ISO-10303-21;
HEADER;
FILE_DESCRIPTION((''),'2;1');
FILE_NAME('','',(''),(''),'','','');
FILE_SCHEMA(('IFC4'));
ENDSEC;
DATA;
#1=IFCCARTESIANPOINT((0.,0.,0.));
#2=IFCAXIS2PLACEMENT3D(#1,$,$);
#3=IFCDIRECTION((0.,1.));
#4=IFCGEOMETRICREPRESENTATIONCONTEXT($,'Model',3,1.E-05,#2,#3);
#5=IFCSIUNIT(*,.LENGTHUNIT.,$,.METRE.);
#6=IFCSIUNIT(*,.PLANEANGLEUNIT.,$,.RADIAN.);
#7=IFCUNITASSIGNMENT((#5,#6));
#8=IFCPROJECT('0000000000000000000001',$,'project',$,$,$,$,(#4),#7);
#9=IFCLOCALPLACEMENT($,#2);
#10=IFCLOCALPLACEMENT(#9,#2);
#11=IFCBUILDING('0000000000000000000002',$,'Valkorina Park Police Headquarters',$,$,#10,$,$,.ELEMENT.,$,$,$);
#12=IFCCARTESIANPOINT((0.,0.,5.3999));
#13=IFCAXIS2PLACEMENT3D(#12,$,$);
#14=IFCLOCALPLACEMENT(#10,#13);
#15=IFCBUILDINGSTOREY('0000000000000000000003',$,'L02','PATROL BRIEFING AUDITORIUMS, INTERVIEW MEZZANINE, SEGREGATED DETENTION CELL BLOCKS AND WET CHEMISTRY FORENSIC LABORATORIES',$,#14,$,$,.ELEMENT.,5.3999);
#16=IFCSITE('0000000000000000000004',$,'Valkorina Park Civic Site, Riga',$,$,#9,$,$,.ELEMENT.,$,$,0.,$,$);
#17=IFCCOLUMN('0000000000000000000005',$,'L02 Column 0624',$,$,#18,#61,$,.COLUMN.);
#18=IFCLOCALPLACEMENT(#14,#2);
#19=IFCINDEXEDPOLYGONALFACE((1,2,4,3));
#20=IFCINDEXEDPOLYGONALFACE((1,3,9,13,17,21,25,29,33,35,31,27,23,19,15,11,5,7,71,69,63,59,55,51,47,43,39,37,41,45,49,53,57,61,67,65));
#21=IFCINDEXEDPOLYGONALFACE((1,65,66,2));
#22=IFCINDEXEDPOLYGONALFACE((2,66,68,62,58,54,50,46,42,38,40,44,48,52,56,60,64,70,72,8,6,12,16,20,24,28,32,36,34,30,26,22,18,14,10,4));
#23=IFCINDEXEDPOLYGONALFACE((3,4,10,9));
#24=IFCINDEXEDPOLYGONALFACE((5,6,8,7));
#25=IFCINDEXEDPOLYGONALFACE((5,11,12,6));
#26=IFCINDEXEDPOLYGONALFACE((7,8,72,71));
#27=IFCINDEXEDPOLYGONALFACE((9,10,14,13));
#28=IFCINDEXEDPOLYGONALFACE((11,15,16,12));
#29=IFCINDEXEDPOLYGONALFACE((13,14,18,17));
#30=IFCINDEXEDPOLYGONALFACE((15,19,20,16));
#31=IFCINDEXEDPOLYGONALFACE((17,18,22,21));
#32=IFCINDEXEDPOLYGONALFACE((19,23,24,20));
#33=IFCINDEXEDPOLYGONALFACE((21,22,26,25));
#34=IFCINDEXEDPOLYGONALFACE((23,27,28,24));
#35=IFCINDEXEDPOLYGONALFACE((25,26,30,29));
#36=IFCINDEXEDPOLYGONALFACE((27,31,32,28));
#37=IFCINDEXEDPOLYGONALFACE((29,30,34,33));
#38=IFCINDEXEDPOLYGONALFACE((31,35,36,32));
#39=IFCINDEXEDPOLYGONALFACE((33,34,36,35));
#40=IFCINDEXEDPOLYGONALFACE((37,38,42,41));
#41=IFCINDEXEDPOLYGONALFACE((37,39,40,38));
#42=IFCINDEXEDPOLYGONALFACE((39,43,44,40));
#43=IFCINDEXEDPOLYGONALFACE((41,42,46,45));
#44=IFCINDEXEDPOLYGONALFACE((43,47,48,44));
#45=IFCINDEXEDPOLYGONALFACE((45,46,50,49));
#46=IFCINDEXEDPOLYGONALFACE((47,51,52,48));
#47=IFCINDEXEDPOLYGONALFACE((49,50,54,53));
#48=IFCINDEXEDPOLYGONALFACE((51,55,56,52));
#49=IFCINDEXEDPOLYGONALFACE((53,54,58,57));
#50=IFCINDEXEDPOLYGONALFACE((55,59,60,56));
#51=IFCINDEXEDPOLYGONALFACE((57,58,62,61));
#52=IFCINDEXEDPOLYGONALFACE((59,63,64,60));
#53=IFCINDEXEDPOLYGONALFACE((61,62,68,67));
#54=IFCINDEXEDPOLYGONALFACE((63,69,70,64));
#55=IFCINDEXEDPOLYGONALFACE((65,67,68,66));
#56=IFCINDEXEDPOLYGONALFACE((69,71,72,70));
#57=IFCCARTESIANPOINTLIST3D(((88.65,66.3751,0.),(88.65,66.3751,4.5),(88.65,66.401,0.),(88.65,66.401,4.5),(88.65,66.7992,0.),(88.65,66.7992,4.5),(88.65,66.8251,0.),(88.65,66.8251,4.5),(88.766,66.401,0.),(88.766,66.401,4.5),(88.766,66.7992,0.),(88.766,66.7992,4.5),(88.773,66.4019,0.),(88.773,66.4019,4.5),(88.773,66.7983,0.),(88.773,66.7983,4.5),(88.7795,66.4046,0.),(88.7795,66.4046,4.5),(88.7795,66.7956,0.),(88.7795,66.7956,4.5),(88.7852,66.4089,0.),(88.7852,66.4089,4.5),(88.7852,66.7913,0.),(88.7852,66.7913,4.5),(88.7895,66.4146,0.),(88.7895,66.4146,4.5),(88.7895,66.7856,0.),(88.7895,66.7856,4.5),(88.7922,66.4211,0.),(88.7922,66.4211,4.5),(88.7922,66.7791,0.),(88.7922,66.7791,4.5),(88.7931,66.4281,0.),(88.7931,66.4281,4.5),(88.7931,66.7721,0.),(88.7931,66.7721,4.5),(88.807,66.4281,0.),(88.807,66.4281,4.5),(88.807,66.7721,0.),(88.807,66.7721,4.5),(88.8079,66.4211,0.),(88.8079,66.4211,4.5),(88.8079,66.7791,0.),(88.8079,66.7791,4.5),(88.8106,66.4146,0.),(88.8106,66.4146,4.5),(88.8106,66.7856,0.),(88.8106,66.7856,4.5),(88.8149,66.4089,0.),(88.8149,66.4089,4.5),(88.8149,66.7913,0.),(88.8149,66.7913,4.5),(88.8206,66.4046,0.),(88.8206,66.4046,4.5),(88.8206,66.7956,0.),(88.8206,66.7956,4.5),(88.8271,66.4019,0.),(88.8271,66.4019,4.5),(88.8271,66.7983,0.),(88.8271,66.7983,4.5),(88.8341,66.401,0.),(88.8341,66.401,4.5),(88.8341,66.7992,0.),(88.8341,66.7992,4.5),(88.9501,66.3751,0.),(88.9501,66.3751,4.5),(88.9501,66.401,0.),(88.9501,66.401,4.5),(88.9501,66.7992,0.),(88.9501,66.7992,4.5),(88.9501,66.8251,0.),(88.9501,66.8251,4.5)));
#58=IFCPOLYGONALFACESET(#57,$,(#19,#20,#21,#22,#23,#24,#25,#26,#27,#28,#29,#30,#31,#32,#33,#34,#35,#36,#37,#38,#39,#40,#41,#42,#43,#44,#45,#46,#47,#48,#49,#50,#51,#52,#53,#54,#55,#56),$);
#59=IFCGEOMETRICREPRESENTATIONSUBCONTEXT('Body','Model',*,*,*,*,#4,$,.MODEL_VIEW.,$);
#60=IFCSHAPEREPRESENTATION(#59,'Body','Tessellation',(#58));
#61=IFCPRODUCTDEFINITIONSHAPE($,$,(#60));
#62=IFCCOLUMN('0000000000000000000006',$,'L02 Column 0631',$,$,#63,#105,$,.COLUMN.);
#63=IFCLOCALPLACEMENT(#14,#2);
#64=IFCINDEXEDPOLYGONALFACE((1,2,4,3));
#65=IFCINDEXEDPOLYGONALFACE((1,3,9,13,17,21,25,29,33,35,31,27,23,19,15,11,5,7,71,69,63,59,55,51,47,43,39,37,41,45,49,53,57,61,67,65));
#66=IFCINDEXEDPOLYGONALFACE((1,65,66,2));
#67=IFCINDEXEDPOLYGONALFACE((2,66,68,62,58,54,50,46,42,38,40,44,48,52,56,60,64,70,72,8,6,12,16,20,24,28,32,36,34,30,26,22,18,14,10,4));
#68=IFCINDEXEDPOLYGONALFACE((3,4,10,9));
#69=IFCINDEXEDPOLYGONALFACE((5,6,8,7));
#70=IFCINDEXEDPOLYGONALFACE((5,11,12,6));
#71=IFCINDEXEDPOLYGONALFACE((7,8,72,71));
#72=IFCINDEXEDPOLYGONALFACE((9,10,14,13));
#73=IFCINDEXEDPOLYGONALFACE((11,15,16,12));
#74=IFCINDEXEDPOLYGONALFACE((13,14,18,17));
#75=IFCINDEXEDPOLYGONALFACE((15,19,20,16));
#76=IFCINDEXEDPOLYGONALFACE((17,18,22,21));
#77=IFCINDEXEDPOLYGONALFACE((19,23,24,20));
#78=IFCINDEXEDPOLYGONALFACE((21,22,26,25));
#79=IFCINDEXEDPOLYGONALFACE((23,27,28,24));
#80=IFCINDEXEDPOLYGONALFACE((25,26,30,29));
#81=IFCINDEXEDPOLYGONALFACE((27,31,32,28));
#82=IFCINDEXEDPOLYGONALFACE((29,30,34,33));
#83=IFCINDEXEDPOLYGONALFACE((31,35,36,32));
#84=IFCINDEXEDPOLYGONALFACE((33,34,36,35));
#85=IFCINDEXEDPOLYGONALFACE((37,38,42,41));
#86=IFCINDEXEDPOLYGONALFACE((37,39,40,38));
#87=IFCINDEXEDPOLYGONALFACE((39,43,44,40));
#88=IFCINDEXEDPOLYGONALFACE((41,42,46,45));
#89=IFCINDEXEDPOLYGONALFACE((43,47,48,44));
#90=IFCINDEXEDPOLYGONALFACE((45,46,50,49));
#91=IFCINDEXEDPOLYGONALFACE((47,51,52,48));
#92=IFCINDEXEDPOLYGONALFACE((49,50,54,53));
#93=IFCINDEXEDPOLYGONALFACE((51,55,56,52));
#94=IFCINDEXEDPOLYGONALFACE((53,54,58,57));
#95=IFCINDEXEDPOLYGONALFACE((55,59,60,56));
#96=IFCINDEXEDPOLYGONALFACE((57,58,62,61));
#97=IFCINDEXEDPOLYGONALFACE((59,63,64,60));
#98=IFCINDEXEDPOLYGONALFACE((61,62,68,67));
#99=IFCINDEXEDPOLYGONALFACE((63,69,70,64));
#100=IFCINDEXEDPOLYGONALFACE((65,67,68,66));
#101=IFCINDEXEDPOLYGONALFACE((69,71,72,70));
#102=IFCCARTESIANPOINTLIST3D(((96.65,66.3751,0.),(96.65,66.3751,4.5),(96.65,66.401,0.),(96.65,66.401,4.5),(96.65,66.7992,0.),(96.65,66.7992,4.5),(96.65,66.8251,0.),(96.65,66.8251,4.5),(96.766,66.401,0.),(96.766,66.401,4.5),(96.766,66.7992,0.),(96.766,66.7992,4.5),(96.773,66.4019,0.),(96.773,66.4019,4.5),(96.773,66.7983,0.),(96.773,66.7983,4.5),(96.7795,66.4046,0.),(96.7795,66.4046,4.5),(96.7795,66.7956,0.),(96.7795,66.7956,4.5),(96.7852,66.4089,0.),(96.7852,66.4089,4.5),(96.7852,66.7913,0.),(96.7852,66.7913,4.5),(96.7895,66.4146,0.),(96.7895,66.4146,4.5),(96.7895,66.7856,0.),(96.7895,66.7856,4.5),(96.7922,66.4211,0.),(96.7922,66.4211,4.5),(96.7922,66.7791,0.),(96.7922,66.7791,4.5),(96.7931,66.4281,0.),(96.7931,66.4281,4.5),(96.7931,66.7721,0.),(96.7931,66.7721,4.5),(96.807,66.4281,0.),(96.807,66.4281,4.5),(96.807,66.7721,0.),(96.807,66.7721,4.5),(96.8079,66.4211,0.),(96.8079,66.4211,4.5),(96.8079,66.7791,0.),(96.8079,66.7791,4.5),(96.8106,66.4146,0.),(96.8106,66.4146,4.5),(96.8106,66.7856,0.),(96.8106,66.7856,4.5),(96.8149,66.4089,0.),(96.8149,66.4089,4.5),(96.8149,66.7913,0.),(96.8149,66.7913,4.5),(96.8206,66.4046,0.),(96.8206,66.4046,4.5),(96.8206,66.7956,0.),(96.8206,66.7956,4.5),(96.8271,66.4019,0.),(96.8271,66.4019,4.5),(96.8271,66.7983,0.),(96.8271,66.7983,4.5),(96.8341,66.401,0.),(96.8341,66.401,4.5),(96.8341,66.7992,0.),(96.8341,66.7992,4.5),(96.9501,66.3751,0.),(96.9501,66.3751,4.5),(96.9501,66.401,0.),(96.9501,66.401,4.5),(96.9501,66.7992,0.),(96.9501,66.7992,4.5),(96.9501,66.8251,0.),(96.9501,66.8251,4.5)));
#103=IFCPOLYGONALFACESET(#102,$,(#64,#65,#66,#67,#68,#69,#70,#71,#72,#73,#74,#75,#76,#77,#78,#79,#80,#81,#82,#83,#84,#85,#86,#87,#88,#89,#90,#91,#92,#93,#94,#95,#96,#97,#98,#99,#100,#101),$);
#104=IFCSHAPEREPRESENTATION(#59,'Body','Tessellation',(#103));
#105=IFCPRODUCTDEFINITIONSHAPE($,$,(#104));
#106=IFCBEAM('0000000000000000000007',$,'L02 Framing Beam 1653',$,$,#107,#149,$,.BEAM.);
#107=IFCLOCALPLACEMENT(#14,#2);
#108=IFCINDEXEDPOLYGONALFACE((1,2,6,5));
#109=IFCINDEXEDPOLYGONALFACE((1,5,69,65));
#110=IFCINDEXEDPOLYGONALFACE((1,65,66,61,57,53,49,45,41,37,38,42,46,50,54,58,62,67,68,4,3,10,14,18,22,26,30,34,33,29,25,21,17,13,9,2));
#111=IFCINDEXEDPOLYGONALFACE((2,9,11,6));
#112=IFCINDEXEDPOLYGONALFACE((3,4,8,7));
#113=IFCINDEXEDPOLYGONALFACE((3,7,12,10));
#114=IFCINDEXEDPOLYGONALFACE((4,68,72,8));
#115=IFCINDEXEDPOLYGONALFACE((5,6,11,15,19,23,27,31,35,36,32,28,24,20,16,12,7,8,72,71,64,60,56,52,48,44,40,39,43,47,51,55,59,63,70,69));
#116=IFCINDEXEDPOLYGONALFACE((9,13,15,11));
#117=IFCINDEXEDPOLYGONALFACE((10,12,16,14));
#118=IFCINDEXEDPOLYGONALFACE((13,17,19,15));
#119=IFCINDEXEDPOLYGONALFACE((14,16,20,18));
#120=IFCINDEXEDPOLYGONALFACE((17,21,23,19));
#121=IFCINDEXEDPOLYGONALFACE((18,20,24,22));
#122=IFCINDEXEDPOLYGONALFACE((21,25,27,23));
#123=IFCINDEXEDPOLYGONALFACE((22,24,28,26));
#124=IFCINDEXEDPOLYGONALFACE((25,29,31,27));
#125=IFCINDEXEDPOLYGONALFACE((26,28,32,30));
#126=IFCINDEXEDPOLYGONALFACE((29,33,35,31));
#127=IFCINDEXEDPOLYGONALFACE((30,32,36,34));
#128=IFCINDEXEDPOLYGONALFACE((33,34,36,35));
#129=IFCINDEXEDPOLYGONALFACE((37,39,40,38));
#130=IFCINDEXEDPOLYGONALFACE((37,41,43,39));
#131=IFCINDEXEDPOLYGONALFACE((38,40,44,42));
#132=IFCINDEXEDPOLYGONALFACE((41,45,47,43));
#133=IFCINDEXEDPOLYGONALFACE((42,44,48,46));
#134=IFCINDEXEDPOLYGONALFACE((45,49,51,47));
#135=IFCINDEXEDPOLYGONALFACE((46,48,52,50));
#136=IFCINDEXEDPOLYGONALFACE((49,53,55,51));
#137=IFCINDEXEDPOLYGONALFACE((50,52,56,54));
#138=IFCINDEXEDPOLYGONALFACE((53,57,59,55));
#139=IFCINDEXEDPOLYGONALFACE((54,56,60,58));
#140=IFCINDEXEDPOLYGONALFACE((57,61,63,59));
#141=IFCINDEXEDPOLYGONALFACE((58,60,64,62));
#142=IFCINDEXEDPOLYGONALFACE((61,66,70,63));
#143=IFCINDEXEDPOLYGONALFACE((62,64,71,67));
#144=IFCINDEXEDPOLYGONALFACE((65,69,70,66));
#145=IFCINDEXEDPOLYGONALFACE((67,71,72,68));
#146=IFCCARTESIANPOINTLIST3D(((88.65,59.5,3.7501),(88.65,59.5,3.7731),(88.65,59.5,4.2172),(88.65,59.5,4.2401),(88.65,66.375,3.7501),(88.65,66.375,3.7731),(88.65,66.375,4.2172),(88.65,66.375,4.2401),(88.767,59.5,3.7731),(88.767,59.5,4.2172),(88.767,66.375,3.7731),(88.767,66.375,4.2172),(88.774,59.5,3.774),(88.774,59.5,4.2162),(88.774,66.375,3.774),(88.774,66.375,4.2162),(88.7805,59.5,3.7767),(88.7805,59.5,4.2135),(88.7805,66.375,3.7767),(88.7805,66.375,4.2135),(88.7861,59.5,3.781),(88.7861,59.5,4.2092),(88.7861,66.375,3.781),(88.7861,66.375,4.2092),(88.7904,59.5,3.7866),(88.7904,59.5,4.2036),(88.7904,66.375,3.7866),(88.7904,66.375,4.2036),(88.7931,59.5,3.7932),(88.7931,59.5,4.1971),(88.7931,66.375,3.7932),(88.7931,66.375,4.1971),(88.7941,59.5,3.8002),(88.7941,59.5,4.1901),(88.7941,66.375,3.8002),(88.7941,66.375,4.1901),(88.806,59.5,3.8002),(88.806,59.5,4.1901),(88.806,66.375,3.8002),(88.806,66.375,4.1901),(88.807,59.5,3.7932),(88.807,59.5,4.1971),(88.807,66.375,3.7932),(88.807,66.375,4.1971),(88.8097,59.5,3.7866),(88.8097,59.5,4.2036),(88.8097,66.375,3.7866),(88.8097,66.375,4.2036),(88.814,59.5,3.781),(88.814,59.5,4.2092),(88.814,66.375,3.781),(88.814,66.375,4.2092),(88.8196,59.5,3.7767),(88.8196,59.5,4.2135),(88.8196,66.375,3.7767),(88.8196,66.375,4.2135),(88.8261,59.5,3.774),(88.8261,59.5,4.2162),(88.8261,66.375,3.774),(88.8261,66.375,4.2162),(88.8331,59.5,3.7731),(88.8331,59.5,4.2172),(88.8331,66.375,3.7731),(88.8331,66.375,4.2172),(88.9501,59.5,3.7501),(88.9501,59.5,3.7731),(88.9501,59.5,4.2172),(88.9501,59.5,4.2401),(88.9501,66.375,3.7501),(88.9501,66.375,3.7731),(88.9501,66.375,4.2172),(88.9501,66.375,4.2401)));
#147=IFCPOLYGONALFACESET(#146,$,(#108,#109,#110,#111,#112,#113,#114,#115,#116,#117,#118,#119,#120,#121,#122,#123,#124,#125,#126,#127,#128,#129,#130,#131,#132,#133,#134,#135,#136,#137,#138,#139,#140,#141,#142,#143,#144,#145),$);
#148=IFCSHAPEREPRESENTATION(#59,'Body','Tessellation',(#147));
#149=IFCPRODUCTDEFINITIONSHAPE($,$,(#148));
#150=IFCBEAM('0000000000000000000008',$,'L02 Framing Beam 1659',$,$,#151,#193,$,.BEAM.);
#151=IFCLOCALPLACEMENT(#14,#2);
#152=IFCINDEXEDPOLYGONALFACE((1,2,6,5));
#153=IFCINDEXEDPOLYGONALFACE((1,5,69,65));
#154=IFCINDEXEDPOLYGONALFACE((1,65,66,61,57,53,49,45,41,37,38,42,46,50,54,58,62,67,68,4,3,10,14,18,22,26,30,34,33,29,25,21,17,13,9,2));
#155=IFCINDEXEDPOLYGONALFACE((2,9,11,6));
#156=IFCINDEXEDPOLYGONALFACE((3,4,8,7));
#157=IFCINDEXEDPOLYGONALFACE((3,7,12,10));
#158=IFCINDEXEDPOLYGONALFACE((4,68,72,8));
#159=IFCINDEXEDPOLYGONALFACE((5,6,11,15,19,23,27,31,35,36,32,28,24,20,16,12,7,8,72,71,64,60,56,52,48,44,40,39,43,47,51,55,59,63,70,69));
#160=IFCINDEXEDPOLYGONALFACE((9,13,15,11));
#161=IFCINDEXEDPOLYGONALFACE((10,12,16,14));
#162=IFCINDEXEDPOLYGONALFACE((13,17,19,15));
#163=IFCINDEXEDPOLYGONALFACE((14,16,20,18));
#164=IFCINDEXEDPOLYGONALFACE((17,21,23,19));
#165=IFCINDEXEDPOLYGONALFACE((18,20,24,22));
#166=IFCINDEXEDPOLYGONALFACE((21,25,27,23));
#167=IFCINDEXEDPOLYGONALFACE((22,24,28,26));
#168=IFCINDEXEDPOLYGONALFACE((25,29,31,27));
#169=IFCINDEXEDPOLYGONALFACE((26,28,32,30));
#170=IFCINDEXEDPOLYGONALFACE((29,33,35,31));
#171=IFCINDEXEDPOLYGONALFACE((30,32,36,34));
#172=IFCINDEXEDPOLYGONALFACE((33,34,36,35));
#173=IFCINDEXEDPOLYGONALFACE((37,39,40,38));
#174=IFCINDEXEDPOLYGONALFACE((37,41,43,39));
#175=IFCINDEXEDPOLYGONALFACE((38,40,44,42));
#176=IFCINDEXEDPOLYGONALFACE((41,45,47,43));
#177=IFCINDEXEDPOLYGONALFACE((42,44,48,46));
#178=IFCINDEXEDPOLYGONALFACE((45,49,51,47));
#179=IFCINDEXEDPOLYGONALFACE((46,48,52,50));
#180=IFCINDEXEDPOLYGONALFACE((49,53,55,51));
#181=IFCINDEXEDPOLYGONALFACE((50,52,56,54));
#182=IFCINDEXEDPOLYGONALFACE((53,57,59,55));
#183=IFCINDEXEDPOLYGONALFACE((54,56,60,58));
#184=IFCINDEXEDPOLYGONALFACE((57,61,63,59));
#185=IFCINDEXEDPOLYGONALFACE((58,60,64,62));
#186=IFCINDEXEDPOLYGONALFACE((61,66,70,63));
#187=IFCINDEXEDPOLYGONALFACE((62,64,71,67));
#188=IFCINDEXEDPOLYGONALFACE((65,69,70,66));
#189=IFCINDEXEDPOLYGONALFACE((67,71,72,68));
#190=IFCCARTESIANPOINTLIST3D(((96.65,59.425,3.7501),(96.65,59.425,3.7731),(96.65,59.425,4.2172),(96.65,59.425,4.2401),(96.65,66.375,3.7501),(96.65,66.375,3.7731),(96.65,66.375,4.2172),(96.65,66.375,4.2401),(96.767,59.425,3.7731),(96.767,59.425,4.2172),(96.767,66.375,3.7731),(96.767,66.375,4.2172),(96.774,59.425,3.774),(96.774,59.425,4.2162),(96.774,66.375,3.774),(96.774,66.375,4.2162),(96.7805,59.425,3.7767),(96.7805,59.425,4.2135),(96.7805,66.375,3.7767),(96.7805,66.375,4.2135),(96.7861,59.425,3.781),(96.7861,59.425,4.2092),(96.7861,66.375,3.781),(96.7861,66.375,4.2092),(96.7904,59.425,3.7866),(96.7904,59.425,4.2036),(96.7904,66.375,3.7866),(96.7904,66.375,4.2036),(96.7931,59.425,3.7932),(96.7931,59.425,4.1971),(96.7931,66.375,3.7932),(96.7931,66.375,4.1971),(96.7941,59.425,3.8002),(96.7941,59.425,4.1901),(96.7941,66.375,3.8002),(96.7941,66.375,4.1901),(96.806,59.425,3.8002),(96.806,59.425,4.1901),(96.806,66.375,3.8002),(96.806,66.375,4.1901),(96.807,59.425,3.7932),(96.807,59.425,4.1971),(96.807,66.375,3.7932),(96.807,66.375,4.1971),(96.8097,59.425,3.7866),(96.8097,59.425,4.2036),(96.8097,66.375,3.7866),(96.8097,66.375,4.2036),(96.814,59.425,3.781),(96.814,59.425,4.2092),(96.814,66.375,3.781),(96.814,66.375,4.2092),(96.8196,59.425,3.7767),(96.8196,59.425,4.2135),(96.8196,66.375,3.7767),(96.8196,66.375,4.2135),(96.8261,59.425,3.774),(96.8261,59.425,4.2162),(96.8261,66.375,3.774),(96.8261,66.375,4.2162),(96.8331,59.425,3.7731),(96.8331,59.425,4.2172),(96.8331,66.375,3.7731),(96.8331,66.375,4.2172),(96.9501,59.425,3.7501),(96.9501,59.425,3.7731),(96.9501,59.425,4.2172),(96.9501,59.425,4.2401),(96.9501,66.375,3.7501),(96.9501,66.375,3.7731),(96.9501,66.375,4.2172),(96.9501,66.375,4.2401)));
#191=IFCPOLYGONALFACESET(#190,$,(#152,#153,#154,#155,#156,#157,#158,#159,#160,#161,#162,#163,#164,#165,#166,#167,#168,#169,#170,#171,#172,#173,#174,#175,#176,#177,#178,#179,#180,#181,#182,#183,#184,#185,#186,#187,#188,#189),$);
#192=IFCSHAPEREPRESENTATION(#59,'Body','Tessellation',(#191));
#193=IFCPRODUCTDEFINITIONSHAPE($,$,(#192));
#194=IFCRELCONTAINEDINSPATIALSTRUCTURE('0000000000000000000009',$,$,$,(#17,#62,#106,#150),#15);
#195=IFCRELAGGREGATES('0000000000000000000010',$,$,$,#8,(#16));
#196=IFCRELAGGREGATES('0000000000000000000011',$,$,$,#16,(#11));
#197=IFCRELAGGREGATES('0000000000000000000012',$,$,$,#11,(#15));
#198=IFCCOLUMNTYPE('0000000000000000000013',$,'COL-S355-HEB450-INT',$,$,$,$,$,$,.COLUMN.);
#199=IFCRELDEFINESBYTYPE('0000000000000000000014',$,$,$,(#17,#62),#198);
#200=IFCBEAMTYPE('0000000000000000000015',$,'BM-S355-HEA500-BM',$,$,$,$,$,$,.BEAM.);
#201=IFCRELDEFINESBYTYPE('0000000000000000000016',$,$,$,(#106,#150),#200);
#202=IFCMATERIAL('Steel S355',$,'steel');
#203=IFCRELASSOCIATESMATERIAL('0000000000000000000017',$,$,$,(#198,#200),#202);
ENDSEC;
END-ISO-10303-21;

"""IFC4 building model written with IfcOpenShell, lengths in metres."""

from ifc_helpers import new_model, si_unit, direction, frame, origin, origin_2d, place, context, subcontext, project, spatial, i_section, extrude, material, material_profile, profile_set, type_object, element, save


model = new_model("IFC4")

# Units and contexts
model_context = context("Model", 3, precision=1e-05, world=origin(), true_north=direction((0.0, 1.0)))
body_context = subcontext(model_context, "Body", "Model", "MODEL_VIEW")
ifc_project = project(units=[si_unit("LENGTHUNIT", "METRE"), si_unit("PLANEANGLEUNIT", "RADIAN")], contexts=[model_context])

# Site, building, storey
site_placement = place(None, origin())
site = spatial("IfcSite", under=ifc_project, at=site_placement, Name="Valkorina Park Civic Site, Riga", CompositionType="ELEMENT", RefElevation=0.0)
building_placement = place(site_placement, origin())
building = spatial("IfcBuilding", under=site, at=building_placement, Name="Valkorina Park Police Headquarters", CompositionType="ELEMENT")
storey_placement = place(building_placement, frame((0.0, 0.0, 5.3999)))
storey = spatial("IfcBuildingStorey", under=building, at=storey_placement, Name="L02", Description="PATROL BRIEFING AUDITORIUMS, INTERVIEW MEZZANINE, SEGREGATED DETENTION CELL BLOCKS AND WET CHEMISTRY FORENSIC LABORATORIES", CompositionType="ELEMENT", Elevation=5.3999)

# Columns
ifc_material_1 = material(Name="Steel S355", Category="steel")
ifc_material_profile_1 = material_profile(ifc_material_1, i_section(OverallWidth=0.3, OverallDepth=0.45, WebThickness=0.0139, FlangeThickness=0.0259, FilletRadius=0.0271, at=origin_2d()), Name="HEB 450")
ifc_profile_set_1 = profile_set([ifc_material_profile_1], Name="Steel S355")
column_type = type_object("IfcColumnType", Name="COL-S355-HEB450-INT", PredefinedType="COLUMN", material=ifc_profile_set_1)
for number, where, z_axis, x_axis, name in (
    (1, (88.8, 66.6001, 0.0), (0.0, 0.0, 1.0), (1.0, 0.0, 0.0), "L02 Column 0624"),
    (2, (96.8, 66.6001, 0.0), (0.0, 0.0, 1.0), (1.0, 0.0, 0.0), "L02 Column 0631"),
):
    element("IfcColumn", number, at=place(storey_placement, frame(where, z_axis=z_axis, x_axis=x_axis)), inside=storey, type_object=column_type, Name=name, PredefinedType="COLUMN", context=body_context, shape_type="SweptSolid", body=[
        extrude(i_section(OverallWidth=0.3, OverallDepth=0.45, WebThickness=0.0139, FlangeThickness=0.0259, FilletRadius=0.0271, at=origin_2d()), origin(), (0.0, 0.0, 1.0), 4.5),
    ])

# Beams
ifc_material_profile_2 = material_profile(ifc_material_1, i_section(OverallWidth=0.3, OverallDepth=0.49, WebThickness=0.012, FlangeThickness=0.0229, FilletRadius=0.0271, at=origin_2d()), Name="HEA 500")
ifc_profile_set_2 = profile_set([ifc_material_profile_2], Name="Steel S355")
beam_type_1 = type_object("IfcBeamType", Name="BM-S355-HEA500-BM", PredefinedType="BEAM", material=ifc_profile_set_2)
beam_placement = place(storey_placement, frame((88.8, 59.5, 3.9951), z_axis=(0.0, 1.0, 0.0), x_axis=(-1.0, 0.0, 0.0)))
element("IfcBeam", 3, at=beam_placement, inside=storey, type_object=beam_type_1, Name="L02 Framing Beam 1653", PredefinedType="BEAM", context=body_context, shape_type="SweptSolid", body=[
    extrude(i_section(OverallWidth=0.3, OverallDepth=0.49, WebThickness=0.012, FlangeThickness=0.0229, FilletRadius=0.0271, at=origin_2d()), origin(), (0.0, 0.0, 1.0), 6.875),
])
for number, where, z_axis, x_axis, name in (
    (4, (96.8, 59.425, 3.9951), (0.0, 1.0, 0.0), (-1.0, 0.0, 0.0), "L02 Framing Beam 1659"),
):
    element("IfcBeam", number, at=place(storey_placement, frame(where, z_axis=z_axis, x_axis=x_axis)), inside=storey, type_object=beam_type_1, Name=name, PredefinedType="BEAM", context=body_context, shape_type="SweptSolid", body=[
        extrude(i_section(OverallWidth=0.3, OverallDepth=0.49, WebThickness=0.012, FlangeThickness=0.0229, FilletRadius=0.0271, at=origin_2d()), origin(), (0.0, 0.0, 1.0), 6.95),
    ])

save(model, "model.ifc")
